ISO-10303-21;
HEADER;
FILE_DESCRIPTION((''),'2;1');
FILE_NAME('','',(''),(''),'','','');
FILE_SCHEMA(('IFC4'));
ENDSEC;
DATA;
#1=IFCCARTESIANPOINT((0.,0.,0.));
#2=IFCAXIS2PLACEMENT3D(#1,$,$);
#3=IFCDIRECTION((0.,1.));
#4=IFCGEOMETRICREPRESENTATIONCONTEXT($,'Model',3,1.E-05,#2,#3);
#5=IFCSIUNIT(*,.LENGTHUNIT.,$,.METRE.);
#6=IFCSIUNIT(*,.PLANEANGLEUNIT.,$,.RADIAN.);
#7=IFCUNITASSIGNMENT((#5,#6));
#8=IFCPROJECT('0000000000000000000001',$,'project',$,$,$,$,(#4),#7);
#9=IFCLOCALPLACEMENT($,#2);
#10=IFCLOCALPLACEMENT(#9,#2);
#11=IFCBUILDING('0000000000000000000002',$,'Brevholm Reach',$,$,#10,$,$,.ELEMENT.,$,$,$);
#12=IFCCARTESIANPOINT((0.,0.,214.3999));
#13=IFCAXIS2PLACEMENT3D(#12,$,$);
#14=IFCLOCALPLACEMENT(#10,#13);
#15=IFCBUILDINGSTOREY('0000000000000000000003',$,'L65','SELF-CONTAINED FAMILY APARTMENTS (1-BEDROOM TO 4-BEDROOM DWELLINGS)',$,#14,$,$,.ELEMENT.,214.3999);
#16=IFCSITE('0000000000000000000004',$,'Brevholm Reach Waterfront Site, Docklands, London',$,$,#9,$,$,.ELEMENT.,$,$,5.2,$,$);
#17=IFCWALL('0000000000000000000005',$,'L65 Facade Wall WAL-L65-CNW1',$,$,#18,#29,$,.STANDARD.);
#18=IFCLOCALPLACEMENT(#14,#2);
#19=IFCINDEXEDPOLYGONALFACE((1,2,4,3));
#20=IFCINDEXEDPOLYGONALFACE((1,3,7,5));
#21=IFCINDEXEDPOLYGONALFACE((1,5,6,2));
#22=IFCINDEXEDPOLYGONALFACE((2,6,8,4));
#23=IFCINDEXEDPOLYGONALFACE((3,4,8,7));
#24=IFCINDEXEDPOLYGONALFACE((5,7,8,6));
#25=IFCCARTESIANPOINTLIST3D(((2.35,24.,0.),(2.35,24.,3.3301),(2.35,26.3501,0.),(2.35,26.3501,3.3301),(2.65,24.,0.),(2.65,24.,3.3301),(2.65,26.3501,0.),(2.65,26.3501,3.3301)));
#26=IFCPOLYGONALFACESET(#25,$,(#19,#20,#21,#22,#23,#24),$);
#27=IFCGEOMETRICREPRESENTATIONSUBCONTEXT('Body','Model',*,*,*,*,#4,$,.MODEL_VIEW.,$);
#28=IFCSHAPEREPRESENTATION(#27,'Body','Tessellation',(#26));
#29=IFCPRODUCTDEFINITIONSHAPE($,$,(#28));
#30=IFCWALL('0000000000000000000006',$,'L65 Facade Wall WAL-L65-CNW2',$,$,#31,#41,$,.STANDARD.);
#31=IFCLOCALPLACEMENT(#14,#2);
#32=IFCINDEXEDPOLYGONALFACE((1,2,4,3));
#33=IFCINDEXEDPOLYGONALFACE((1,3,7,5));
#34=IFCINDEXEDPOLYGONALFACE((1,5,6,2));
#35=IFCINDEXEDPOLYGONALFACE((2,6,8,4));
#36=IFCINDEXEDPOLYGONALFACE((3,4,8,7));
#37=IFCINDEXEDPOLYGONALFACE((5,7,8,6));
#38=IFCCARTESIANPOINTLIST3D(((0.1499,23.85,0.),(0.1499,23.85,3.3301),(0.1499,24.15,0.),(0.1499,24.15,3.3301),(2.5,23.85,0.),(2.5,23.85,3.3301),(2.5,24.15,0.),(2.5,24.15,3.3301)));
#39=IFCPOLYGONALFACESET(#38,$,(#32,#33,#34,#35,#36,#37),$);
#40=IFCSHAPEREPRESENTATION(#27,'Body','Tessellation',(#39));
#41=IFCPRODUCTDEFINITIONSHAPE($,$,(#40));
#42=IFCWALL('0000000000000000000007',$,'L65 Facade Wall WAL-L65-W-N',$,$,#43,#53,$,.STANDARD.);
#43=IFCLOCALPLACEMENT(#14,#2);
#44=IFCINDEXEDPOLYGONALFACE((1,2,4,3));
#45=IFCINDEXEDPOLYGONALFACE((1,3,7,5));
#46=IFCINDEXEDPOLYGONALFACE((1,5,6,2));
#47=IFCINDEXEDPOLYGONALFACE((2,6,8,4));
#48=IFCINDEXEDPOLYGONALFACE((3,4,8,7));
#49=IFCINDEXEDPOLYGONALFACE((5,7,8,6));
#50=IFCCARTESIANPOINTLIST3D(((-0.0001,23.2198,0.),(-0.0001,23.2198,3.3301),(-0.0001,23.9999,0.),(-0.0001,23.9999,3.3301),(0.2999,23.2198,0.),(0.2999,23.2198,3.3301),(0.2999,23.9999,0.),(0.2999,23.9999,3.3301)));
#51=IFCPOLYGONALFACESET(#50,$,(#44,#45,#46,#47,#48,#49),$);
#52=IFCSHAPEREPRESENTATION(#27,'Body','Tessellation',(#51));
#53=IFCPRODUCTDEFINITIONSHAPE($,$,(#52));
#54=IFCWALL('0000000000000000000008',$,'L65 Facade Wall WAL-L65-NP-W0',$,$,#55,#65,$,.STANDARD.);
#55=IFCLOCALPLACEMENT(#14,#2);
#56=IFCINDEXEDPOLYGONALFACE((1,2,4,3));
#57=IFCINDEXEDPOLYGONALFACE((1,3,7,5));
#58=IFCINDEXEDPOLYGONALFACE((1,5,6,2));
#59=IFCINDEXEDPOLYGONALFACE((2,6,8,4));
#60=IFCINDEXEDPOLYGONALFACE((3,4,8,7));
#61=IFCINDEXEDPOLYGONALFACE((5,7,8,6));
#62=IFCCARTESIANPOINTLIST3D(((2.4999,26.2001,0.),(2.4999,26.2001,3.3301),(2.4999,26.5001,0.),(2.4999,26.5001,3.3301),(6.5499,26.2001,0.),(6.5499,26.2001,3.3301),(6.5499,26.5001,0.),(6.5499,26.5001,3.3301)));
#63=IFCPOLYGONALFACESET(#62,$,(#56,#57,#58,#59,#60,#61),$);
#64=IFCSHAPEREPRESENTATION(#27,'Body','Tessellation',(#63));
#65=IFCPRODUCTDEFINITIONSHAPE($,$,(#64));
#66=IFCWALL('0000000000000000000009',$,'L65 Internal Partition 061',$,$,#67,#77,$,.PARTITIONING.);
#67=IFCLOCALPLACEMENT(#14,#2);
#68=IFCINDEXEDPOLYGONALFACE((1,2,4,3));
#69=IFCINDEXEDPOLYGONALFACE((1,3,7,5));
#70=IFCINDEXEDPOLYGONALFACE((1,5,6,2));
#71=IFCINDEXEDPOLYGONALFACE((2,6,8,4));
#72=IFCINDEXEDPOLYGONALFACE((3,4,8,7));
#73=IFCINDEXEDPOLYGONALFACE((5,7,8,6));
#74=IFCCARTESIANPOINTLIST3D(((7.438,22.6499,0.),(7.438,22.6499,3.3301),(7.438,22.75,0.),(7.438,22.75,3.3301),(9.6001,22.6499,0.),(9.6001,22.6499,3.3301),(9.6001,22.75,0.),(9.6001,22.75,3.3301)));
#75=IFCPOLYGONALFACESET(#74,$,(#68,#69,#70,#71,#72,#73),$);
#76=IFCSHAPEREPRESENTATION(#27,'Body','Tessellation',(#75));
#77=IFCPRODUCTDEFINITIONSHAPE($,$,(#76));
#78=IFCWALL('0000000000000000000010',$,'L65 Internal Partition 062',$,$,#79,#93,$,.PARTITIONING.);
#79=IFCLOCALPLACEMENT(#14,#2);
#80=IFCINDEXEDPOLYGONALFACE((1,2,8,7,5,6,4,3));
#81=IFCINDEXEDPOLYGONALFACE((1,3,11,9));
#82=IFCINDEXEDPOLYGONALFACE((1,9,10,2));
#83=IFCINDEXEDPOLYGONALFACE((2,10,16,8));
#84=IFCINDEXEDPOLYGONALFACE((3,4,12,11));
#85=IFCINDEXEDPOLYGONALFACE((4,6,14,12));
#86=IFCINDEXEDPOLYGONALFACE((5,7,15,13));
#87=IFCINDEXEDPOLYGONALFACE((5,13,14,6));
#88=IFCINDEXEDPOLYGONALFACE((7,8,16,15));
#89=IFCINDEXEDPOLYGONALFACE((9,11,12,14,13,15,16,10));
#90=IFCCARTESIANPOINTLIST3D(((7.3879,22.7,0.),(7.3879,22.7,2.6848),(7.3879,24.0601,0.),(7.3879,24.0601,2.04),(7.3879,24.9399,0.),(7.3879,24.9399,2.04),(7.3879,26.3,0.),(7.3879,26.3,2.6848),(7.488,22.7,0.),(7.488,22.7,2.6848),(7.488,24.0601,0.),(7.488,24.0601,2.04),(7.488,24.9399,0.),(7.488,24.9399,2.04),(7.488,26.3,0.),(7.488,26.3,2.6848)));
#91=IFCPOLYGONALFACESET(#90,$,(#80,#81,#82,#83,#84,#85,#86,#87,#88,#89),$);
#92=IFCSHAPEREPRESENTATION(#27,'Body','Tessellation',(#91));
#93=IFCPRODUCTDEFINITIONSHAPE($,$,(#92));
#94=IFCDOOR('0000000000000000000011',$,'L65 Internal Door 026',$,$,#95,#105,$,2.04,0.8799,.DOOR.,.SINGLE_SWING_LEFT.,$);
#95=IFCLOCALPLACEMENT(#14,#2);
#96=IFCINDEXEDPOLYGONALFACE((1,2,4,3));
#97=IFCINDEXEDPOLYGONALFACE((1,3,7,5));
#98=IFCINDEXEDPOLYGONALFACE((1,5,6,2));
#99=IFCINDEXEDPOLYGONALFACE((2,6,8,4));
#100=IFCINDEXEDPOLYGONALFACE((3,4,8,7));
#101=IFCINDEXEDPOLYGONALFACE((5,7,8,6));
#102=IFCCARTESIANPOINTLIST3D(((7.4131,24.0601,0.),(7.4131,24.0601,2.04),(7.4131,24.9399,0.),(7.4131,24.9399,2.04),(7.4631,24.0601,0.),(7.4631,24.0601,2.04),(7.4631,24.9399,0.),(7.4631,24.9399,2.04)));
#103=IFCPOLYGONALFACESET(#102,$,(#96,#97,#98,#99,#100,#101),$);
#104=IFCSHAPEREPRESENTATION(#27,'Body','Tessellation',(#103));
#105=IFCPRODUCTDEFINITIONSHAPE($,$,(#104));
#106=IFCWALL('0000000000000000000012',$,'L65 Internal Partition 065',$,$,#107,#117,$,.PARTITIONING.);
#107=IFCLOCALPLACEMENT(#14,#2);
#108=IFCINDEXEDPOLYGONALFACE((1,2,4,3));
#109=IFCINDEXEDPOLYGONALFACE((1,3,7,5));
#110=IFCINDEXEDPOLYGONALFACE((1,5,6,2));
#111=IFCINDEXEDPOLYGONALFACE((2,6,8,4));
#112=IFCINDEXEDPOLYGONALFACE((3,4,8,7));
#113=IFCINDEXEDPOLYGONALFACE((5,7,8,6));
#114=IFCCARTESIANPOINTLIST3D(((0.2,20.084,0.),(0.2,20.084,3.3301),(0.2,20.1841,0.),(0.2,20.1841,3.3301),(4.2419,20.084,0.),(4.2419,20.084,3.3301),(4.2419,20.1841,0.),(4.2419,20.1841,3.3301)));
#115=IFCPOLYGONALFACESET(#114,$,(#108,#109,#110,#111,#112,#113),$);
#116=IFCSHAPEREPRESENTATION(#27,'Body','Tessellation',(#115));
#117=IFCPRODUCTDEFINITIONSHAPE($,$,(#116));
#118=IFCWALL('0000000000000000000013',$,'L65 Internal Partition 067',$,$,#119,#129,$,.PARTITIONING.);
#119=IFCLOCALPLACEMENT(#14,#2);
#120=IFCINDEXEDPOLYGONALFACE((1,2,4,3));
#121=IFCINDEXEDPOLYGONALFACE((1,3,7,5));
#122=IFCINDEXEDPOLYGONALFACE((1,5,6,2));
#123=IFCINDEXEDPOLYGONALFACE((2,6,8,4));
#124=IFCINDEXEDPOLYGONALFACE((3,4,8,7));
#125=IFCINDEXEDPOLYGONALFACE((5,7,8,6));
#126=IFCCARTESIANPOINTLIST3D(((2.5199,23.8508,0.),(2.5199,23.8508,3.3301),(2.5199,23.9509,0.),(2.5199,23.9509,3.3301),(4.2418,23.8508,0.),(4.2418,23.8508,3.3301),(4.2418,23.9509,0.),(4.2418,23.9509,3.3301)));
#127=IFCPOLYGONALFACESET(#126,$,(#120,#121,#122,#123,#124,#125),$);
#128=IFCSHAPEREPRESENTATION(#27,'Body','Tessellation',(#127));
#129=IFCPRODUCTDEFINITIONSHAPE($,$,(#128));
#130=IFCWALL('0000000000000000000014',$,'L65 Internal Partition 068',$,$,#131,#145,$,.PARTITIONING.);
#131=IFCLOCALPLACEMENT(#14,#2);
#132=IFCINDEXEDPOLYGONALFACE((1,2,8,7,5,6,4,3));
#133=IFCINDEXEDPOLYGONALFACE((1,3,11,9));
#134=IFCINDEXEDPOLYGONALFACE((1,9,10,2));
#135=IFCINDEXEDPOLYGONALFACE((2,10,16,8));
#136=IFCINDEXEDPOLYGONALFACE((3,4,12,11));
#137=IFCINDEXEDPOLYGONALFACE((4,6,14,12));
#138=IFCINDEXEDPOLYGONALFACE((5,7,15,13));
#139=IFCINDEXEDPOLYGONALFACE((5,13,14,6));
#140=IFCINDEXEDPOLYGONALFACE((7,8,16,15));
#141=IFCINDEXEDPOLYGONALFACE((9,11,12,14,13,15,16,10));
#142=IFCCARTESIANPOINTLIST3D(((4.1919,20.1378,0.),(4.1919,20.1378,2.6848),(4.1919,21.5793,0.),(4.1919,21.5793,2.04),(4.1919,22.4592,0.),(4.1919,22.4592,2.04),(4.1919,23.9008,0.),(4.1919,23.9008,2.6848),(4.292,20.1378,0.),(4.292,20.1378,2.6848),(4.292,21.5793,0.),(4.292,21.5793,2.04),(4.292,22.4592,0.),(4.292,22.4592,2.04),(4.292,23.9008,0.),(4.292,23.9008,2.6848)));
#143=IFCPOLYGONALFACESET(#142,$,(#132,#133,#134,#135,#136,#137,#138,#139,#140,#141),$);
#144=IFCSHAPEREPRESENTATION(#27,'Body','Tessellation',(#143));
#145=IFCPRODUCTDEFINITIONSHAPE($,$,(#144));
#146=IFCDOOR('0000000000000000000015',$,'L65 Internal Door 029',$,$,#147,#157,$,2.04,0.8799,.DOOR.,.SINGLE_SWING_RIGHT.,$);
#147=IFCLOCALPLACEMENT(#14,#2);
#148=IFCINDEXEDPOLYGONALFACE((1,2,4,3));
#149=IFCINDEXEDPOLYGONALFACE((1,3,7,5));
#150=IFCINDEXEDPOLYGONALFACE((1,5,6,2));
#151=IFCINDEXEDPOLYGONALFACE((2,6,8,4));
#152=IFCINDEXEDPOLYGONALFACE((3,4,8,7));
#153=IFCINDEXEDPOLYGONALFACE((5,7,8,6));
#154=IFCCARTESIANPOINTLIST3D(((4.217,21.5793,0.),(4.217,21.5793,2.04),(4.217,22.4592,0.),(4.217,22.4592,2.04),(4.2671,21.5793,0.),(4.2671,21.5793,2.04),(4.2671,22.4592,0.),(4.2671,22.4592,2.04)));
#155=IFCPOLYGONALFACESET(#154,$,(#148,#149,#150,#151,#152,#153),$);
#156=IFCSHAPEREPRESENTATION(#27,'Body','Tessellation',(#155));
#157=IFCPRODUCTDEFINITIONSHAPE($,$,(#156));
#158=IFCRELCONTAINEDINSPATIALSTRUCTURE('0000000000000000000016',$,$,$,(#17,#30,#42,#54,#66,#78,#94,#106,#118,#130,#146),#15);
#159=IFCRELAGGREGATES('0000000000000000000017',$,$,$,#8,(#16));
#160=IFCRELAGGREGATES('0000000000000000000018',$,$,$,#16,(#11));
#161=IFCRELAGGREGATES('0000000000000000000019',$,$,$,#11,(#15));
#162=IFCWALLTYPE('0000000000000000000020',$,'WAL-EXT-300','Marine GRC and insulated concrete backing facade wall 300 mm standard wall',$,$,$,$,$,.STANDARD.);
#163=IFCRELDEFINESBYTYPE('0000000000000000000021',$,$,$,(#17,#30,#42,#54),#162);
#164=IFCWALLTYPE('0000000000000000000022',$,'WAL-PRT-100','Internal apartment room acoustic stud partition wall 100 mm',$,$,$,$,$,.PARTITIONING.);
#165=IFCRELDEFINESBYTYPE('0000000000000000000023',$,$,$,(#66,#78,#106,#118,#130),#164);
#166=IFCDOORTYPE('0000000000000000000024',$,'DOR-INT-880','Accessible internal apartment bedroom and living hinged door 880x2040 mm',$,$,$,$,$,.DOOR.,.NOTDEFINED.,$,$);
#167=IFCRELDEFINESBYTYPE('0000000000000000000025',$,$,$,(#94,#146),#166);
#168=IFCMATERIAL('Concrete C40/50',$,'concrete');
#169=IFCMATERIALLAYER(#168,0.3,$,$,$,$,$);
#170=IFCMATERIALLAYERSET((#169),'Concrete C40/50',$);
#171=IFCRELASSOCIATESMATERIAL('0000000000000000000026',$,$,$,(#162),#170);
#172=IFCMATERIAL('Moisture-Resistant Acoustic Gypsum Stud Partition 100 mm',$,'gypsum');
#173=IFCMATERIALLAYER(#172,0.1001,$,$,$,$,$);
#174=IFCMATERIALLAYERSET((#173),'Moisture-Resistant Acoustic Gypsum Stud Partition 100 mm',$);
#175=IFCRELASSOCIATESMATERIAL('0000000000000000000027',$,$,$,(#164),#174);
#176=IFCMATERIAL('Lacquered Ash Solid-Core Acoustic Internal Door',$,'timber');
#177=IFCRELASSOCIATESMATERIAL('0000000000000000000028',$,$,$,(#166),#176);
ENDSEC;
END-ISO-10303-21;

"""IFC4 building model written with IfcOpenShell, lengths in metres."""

from ifc_helpers import new_model, si_unit, direction, frame, frame_2d, origin, place, context, subcontext, project, spatial, rectangle, extrude, material, layer, layer_set, type_object, element, fill, save


model = new_model("IFC4")

# Units and contexts
model_context = context("Model", 3, precision=1e-05, world=origin(), true_north=direction((0.0, 1.0)))
body_context = subcontext(model_context, "Body", "Model", "MODEL_VIEW")
ifc_project = project(units=[si_unit("LENGTHUNIT", "METRE"), si_unit("PLANEANGLEUNIT", "RADIAN")], contexts=[model_context])

# Site, building, storey
site_placement = place(None, origin())
site = spatial("IfcSite", under=ifc_project, at=site_placement, Name="Brevholm Reach Waterfront Site, Docklands, London", CompositionType="ELEMENT", RefElevation=5.2)
building_placement = place(site_placement, origin())
building = spatial("IfcBuilding", under=site, at=building_placement, Name="Brevholm Reach", CompositionType="ELEMENT")
storey_placement = place(building_placement, frame((0.0, 0.0, 214.3999)))
storey = spatial("IfcBuildingStorey", under=building, at=storey_placement, Name="L65", Description="SELF-CONTAINED FAMILY APARTMENTS (1-BEDROOM TO 4-BEDROOM DWELLINGS)", CompositionType="ELEMENT", Elevation=214.3999)

# Walls
ifc_material_1 = material(Name="Concrete C40/50", Category="concrete")
ifc_layer_1 = layer(ifc_material_1, 0.3)
ifc_layer_set_1 = layer_set([ifc_layer_1], Name="Concrete C40/50")
wall_type_1 = type_object("IfcWallType", Name="WAL-EXT-300", Description="Marine GRC and insulated concrete backing facade wall 300 mm standard wall", PredefinedType="STANDARD", material=ifc_layer_set_1)
for number, where, z_axis, x_axis, name in (
    (1, (2.5, 26.3501, 0.0), (0.0, 0.0, 1.0), (0.0, -1.0, 0.0), "L65 Facade Wall WAL-L65-CNW1"),
    (2, (2.5, 24.0, 0.0), (0.0, 0.0, 1.0), (-1.0, 0.0, 0.0), "L65 Facade Wall WAL-L65-CNW2"),
):
    element("IfcWall", number, at=place(storey_placement, frame(where, z_axis=z_axis, x_axis=x_axis)), inside=storey, type_object=wall_type_1, Name=name, PredefinedType="STANDARD", context=body_context, shape_type="SweptSolid", body=[
        extrude(rectangle(XDim=2.3501, YDim=0.3, at=frame_2d((1.175, 0.0))), origin(), (0.0, 0.0, 1.0), 3.3301),
    ])
wall_1_placement = place(storey_placement, frame((0.1499, 24.0, 0.0), z_axis=(0.0, 0.0, 1.0), x_axis=(0.0, -1.0, 0.0)))
element("IfcWall", 3, at=wall_1_placement, inside=storey, type_object=wall_type_1, Name="L65 Facade Wall WAL-L65-W-N", PredefinedType="STANDARD", context=body_context, shape_type="SweptSolid", body=[
    extrude(rectangle(XDim=0.78, YDim=0.3, at=frame_2d((0.3901, 0.0))), origin(), (0.0, 0.0, 1.0), 3.3301),
])
wall_2_placement = place(storey_placement, frame((2.5, 26.3501, 0.0), z_axis=(0.0, 0.0, 1.0), x_axis=(1.0, 0.0, 0.0)))
element("IfcWall", 4, at=wall_2_placement, inside=storey, type_object=wall_type_1, Name="L65 Facade Wall WAL-L65-NP-W0", PredefinedType="STANDARD", context=body_context, shape_type="SweptSolid", body=[
    extrude(rectangle(XDim=4.05, YDim=0.3, at=frame_2d((2.0249, 0.0))), origin(), (0.0, 0.0, 1.0), 3.3301),
])
ifc_material_2 = material(Name="Moisture-Resistant Acoustic Gypsum Stud Partition 100 mm", Category="gypsum")
ifc_layer_2 = layer(ifc_material_2, 0.1001)
ifc_layer_set_2 = layer_set([ifc_layer_2], Name="Moisture-Resistant Acoustic Gypsum Stud Partition 100 mm")
wall_type_2 = type_object("IfcWallType", Name="WAL-PRT-100", Description="Internal apartment room acoustic stud partition wall 100 mm", PredefinedType="PARTITIONING", material=ifc_layer_set_2)
wall_3_placement = place(storey_placement, frame((7.438, 22.7, 0.0), z_axis=(0.0, 0.0, 1.0), x_axis=(1.0, 0.0, 0.0)))
element("IfcWall", 5, at=wall_3_placement, inside=storey, type_object=wall_type_2, Name="L65 Internal Partition 061", PredefinedType="PARTITIONING", context=body_context, shape_type="SweptSolid", body=[
    extrude(rectangle(XDim=2.1621, YDim=0.1001, at=frame_2d((1.0811, 0.0))), origin(), (0.0, 0.0, 1.0), 3.3301),
])

# Wall, opening, door
wall_4_placement = place(storey_placement, frame((7.438, 22.7, 0.0), z_axis=(0.0, 0.0, 1.0), x_axis=(0.0, 1.0, 0.0)))
wall_4 = element("IfcWall", 6, at=wall_4_placement, inside=storey, type_object=wall_type_2, Name="L65 Internal Partition 062", PredefinedType="PARTITIONING", context=body_context, shape_type="SweptSolid", body=[
    extrude(rectangle(XDim=3.6001, YDim=0.1001, at=frame_2d((1.8, 0.0))), origin(), (0.0, 0.0, 1.0), 2.6848),
])
opening_1_placement = place(wall_4_placement, frame((1.3601, 0.0, 0.0)))
opening_1 = element("IfcOpeningElement", 7, at=opening_1_placement, cuts=wall_4, PredefinedType="OPENING", context=body_context, shape_type="SweptSolid", body=[
    extrude(rectangle(XDim=0.8799, YDim=2.04, at=frame_2d((0.4399, 1.02))), frame((0.0, 0.0601, 0.0), z_axis=(0.0, -1.0, 0.0), x_axis=(1.0, 0.0, 0.0)), (0.0, 0.0, 1.0), 0.1201),
])
ifc_material_3 = material(Name="Lacquered Ash Solid-Core Acoustic Internal Door", Category="timber")
door_type = type_object("IfcDoorType", Name="DOR-INT-880", Description="Accessible internal apartment bedroom and living hinged door 880x2040 mm", OperationType="NOTDEFINED", PredefinedType="DOOR", material=ifc_material_3)
door_1_placement = place(opening_1_placement, origin())
door_1 = element("IfcDoor", 8, at=door_1_placement, inside=storey, type_object=door_type, Name="L65 Internal Door 026", OperationType="SINGLE_SWING_LEFT", OverallHeight=2.04, OverallWidth=0.8799, PredefinedType="DOOR", context=body_context, shape_type="SweptSolid", body=[
    extrude(rectangle(XDim=0.8799, YDim=2.04, at=frame_2d((0.4399, 1.02))), frame((0.0, 0.0249, 0.0), z_axis=(0.0, -1.0, 0.0), x_axis=(1.0, 0.0, 0.0)), (0.0, 0.0, 1.0), 0.05),
])
fill(opening_1, door_1)

# Walls
wall_5_placement = place(storey_placement, frame((0.2, 20.134, 0.0), z_axis=(0.0, 0.0, 1.0), x_axis=(1.0, 0.0, 0.0)))
element("IfcWall", 9, at=wall_5_placement, inside=storey, type_object=wall_type_2, Name="L65 Internal Partition 065", PredefinedType="PARTITIONING", context=body_context, shape_type="SweptSolid", body=[
    extrude(rectangle(XDim=4.042, YDim=0.1001, at=frame_2d((2.021, 0.0))), origin(), (0.0, 0.0, 1.0), 3.3301),
])
wall_6_placement = place(storey_placement, frame((2.52, 23.9009, 0.0), z_axis=(0.0, 0.0, 1.0), x_axis=(1.0, 0.0, 0.0)))
element("IfcWall", 10, at=wall_6_placement, inside=storey, type_object=wall_type_2, Name="L65 Internal Partition 067", PredefinedType="PARTITIONING", context=body_context, shape_type="SweptSolid", body=[
    extrude(rectangle(XDim=1.7219, YDim=0.1001, at=frame_2d((0.8608, 0.0))), origin(), (0.0, 0.0, 1.0), 3.3301),
])

# Wall, opening, door
wall_7_placement = place(storey_placement, frame((4.2419, 20.1379, 0.0), z_axis=(0.0, 0.0, 1.0), x_axis=(0.0, 1.0, 0.0)))
wall_7 = element("IfcWall", 11, at=wall_7_placement, inside=storey, type_object=wall_type_2, Name="L65 Internal Partition 068", PredefinedType="PARTITIONING", context=body_context, shape_type="SweptSolid", body=[
    extrude(rectangle(XDim=3.7629, YDim=0.1001, at=frame_2d((1.8813, 0.0))), origin(), (0.0, 0.0, 1.0), 2.6848),
])
opening_2_placement = place(wall_7_placement, frame((1.4414, 0.0, 0.0)))
opening_2 = element("IfcOpeningElement", 12, at=opening_2_placement, cuts=wall_7, PredefinedType="OPENING", context=body_context, shape_type="SweptSolid", body=[
    extrude(rectangle(XDim=0.8799, YDim=2.04, at=frame_2d((0.4399, 1.02))), frame((0.0, 0.0601, 0.0), z_axis=(0.0, -1.0, 0.0), x_axis=(1.0, 0.0, 0.0)), (0.0, 0.0, 1.0), 0.1201),
])
door_2_placement = place(opening_2_placement, origin())
door_2 = element("IfcDoor", 13, at=door_2_placement, inside=storey, type_object=door_type, Name="L65 Internal Door 029", OperationType="SINGLE_SWING_RIGHT", OverallHeight=2.04, OverallWidth=0.8799, PredefinedType="DOOR", context=body_context, shape_type="SweptSolid", body=[
    extrude(rectangle(XDim=0.8799, YDim=2.04, at=frame_2d((0.4399, 1.02))), frame((0.0, 0.0249, 0.0), z_axis=(0.0, -1.0, 0.0), x_axis=(1.0, 0.0, 0.0)), (0.0, 0.0, 1.0), 0.05),
])
fill(opening_2, door_2)

save(model, "model.ifc")
